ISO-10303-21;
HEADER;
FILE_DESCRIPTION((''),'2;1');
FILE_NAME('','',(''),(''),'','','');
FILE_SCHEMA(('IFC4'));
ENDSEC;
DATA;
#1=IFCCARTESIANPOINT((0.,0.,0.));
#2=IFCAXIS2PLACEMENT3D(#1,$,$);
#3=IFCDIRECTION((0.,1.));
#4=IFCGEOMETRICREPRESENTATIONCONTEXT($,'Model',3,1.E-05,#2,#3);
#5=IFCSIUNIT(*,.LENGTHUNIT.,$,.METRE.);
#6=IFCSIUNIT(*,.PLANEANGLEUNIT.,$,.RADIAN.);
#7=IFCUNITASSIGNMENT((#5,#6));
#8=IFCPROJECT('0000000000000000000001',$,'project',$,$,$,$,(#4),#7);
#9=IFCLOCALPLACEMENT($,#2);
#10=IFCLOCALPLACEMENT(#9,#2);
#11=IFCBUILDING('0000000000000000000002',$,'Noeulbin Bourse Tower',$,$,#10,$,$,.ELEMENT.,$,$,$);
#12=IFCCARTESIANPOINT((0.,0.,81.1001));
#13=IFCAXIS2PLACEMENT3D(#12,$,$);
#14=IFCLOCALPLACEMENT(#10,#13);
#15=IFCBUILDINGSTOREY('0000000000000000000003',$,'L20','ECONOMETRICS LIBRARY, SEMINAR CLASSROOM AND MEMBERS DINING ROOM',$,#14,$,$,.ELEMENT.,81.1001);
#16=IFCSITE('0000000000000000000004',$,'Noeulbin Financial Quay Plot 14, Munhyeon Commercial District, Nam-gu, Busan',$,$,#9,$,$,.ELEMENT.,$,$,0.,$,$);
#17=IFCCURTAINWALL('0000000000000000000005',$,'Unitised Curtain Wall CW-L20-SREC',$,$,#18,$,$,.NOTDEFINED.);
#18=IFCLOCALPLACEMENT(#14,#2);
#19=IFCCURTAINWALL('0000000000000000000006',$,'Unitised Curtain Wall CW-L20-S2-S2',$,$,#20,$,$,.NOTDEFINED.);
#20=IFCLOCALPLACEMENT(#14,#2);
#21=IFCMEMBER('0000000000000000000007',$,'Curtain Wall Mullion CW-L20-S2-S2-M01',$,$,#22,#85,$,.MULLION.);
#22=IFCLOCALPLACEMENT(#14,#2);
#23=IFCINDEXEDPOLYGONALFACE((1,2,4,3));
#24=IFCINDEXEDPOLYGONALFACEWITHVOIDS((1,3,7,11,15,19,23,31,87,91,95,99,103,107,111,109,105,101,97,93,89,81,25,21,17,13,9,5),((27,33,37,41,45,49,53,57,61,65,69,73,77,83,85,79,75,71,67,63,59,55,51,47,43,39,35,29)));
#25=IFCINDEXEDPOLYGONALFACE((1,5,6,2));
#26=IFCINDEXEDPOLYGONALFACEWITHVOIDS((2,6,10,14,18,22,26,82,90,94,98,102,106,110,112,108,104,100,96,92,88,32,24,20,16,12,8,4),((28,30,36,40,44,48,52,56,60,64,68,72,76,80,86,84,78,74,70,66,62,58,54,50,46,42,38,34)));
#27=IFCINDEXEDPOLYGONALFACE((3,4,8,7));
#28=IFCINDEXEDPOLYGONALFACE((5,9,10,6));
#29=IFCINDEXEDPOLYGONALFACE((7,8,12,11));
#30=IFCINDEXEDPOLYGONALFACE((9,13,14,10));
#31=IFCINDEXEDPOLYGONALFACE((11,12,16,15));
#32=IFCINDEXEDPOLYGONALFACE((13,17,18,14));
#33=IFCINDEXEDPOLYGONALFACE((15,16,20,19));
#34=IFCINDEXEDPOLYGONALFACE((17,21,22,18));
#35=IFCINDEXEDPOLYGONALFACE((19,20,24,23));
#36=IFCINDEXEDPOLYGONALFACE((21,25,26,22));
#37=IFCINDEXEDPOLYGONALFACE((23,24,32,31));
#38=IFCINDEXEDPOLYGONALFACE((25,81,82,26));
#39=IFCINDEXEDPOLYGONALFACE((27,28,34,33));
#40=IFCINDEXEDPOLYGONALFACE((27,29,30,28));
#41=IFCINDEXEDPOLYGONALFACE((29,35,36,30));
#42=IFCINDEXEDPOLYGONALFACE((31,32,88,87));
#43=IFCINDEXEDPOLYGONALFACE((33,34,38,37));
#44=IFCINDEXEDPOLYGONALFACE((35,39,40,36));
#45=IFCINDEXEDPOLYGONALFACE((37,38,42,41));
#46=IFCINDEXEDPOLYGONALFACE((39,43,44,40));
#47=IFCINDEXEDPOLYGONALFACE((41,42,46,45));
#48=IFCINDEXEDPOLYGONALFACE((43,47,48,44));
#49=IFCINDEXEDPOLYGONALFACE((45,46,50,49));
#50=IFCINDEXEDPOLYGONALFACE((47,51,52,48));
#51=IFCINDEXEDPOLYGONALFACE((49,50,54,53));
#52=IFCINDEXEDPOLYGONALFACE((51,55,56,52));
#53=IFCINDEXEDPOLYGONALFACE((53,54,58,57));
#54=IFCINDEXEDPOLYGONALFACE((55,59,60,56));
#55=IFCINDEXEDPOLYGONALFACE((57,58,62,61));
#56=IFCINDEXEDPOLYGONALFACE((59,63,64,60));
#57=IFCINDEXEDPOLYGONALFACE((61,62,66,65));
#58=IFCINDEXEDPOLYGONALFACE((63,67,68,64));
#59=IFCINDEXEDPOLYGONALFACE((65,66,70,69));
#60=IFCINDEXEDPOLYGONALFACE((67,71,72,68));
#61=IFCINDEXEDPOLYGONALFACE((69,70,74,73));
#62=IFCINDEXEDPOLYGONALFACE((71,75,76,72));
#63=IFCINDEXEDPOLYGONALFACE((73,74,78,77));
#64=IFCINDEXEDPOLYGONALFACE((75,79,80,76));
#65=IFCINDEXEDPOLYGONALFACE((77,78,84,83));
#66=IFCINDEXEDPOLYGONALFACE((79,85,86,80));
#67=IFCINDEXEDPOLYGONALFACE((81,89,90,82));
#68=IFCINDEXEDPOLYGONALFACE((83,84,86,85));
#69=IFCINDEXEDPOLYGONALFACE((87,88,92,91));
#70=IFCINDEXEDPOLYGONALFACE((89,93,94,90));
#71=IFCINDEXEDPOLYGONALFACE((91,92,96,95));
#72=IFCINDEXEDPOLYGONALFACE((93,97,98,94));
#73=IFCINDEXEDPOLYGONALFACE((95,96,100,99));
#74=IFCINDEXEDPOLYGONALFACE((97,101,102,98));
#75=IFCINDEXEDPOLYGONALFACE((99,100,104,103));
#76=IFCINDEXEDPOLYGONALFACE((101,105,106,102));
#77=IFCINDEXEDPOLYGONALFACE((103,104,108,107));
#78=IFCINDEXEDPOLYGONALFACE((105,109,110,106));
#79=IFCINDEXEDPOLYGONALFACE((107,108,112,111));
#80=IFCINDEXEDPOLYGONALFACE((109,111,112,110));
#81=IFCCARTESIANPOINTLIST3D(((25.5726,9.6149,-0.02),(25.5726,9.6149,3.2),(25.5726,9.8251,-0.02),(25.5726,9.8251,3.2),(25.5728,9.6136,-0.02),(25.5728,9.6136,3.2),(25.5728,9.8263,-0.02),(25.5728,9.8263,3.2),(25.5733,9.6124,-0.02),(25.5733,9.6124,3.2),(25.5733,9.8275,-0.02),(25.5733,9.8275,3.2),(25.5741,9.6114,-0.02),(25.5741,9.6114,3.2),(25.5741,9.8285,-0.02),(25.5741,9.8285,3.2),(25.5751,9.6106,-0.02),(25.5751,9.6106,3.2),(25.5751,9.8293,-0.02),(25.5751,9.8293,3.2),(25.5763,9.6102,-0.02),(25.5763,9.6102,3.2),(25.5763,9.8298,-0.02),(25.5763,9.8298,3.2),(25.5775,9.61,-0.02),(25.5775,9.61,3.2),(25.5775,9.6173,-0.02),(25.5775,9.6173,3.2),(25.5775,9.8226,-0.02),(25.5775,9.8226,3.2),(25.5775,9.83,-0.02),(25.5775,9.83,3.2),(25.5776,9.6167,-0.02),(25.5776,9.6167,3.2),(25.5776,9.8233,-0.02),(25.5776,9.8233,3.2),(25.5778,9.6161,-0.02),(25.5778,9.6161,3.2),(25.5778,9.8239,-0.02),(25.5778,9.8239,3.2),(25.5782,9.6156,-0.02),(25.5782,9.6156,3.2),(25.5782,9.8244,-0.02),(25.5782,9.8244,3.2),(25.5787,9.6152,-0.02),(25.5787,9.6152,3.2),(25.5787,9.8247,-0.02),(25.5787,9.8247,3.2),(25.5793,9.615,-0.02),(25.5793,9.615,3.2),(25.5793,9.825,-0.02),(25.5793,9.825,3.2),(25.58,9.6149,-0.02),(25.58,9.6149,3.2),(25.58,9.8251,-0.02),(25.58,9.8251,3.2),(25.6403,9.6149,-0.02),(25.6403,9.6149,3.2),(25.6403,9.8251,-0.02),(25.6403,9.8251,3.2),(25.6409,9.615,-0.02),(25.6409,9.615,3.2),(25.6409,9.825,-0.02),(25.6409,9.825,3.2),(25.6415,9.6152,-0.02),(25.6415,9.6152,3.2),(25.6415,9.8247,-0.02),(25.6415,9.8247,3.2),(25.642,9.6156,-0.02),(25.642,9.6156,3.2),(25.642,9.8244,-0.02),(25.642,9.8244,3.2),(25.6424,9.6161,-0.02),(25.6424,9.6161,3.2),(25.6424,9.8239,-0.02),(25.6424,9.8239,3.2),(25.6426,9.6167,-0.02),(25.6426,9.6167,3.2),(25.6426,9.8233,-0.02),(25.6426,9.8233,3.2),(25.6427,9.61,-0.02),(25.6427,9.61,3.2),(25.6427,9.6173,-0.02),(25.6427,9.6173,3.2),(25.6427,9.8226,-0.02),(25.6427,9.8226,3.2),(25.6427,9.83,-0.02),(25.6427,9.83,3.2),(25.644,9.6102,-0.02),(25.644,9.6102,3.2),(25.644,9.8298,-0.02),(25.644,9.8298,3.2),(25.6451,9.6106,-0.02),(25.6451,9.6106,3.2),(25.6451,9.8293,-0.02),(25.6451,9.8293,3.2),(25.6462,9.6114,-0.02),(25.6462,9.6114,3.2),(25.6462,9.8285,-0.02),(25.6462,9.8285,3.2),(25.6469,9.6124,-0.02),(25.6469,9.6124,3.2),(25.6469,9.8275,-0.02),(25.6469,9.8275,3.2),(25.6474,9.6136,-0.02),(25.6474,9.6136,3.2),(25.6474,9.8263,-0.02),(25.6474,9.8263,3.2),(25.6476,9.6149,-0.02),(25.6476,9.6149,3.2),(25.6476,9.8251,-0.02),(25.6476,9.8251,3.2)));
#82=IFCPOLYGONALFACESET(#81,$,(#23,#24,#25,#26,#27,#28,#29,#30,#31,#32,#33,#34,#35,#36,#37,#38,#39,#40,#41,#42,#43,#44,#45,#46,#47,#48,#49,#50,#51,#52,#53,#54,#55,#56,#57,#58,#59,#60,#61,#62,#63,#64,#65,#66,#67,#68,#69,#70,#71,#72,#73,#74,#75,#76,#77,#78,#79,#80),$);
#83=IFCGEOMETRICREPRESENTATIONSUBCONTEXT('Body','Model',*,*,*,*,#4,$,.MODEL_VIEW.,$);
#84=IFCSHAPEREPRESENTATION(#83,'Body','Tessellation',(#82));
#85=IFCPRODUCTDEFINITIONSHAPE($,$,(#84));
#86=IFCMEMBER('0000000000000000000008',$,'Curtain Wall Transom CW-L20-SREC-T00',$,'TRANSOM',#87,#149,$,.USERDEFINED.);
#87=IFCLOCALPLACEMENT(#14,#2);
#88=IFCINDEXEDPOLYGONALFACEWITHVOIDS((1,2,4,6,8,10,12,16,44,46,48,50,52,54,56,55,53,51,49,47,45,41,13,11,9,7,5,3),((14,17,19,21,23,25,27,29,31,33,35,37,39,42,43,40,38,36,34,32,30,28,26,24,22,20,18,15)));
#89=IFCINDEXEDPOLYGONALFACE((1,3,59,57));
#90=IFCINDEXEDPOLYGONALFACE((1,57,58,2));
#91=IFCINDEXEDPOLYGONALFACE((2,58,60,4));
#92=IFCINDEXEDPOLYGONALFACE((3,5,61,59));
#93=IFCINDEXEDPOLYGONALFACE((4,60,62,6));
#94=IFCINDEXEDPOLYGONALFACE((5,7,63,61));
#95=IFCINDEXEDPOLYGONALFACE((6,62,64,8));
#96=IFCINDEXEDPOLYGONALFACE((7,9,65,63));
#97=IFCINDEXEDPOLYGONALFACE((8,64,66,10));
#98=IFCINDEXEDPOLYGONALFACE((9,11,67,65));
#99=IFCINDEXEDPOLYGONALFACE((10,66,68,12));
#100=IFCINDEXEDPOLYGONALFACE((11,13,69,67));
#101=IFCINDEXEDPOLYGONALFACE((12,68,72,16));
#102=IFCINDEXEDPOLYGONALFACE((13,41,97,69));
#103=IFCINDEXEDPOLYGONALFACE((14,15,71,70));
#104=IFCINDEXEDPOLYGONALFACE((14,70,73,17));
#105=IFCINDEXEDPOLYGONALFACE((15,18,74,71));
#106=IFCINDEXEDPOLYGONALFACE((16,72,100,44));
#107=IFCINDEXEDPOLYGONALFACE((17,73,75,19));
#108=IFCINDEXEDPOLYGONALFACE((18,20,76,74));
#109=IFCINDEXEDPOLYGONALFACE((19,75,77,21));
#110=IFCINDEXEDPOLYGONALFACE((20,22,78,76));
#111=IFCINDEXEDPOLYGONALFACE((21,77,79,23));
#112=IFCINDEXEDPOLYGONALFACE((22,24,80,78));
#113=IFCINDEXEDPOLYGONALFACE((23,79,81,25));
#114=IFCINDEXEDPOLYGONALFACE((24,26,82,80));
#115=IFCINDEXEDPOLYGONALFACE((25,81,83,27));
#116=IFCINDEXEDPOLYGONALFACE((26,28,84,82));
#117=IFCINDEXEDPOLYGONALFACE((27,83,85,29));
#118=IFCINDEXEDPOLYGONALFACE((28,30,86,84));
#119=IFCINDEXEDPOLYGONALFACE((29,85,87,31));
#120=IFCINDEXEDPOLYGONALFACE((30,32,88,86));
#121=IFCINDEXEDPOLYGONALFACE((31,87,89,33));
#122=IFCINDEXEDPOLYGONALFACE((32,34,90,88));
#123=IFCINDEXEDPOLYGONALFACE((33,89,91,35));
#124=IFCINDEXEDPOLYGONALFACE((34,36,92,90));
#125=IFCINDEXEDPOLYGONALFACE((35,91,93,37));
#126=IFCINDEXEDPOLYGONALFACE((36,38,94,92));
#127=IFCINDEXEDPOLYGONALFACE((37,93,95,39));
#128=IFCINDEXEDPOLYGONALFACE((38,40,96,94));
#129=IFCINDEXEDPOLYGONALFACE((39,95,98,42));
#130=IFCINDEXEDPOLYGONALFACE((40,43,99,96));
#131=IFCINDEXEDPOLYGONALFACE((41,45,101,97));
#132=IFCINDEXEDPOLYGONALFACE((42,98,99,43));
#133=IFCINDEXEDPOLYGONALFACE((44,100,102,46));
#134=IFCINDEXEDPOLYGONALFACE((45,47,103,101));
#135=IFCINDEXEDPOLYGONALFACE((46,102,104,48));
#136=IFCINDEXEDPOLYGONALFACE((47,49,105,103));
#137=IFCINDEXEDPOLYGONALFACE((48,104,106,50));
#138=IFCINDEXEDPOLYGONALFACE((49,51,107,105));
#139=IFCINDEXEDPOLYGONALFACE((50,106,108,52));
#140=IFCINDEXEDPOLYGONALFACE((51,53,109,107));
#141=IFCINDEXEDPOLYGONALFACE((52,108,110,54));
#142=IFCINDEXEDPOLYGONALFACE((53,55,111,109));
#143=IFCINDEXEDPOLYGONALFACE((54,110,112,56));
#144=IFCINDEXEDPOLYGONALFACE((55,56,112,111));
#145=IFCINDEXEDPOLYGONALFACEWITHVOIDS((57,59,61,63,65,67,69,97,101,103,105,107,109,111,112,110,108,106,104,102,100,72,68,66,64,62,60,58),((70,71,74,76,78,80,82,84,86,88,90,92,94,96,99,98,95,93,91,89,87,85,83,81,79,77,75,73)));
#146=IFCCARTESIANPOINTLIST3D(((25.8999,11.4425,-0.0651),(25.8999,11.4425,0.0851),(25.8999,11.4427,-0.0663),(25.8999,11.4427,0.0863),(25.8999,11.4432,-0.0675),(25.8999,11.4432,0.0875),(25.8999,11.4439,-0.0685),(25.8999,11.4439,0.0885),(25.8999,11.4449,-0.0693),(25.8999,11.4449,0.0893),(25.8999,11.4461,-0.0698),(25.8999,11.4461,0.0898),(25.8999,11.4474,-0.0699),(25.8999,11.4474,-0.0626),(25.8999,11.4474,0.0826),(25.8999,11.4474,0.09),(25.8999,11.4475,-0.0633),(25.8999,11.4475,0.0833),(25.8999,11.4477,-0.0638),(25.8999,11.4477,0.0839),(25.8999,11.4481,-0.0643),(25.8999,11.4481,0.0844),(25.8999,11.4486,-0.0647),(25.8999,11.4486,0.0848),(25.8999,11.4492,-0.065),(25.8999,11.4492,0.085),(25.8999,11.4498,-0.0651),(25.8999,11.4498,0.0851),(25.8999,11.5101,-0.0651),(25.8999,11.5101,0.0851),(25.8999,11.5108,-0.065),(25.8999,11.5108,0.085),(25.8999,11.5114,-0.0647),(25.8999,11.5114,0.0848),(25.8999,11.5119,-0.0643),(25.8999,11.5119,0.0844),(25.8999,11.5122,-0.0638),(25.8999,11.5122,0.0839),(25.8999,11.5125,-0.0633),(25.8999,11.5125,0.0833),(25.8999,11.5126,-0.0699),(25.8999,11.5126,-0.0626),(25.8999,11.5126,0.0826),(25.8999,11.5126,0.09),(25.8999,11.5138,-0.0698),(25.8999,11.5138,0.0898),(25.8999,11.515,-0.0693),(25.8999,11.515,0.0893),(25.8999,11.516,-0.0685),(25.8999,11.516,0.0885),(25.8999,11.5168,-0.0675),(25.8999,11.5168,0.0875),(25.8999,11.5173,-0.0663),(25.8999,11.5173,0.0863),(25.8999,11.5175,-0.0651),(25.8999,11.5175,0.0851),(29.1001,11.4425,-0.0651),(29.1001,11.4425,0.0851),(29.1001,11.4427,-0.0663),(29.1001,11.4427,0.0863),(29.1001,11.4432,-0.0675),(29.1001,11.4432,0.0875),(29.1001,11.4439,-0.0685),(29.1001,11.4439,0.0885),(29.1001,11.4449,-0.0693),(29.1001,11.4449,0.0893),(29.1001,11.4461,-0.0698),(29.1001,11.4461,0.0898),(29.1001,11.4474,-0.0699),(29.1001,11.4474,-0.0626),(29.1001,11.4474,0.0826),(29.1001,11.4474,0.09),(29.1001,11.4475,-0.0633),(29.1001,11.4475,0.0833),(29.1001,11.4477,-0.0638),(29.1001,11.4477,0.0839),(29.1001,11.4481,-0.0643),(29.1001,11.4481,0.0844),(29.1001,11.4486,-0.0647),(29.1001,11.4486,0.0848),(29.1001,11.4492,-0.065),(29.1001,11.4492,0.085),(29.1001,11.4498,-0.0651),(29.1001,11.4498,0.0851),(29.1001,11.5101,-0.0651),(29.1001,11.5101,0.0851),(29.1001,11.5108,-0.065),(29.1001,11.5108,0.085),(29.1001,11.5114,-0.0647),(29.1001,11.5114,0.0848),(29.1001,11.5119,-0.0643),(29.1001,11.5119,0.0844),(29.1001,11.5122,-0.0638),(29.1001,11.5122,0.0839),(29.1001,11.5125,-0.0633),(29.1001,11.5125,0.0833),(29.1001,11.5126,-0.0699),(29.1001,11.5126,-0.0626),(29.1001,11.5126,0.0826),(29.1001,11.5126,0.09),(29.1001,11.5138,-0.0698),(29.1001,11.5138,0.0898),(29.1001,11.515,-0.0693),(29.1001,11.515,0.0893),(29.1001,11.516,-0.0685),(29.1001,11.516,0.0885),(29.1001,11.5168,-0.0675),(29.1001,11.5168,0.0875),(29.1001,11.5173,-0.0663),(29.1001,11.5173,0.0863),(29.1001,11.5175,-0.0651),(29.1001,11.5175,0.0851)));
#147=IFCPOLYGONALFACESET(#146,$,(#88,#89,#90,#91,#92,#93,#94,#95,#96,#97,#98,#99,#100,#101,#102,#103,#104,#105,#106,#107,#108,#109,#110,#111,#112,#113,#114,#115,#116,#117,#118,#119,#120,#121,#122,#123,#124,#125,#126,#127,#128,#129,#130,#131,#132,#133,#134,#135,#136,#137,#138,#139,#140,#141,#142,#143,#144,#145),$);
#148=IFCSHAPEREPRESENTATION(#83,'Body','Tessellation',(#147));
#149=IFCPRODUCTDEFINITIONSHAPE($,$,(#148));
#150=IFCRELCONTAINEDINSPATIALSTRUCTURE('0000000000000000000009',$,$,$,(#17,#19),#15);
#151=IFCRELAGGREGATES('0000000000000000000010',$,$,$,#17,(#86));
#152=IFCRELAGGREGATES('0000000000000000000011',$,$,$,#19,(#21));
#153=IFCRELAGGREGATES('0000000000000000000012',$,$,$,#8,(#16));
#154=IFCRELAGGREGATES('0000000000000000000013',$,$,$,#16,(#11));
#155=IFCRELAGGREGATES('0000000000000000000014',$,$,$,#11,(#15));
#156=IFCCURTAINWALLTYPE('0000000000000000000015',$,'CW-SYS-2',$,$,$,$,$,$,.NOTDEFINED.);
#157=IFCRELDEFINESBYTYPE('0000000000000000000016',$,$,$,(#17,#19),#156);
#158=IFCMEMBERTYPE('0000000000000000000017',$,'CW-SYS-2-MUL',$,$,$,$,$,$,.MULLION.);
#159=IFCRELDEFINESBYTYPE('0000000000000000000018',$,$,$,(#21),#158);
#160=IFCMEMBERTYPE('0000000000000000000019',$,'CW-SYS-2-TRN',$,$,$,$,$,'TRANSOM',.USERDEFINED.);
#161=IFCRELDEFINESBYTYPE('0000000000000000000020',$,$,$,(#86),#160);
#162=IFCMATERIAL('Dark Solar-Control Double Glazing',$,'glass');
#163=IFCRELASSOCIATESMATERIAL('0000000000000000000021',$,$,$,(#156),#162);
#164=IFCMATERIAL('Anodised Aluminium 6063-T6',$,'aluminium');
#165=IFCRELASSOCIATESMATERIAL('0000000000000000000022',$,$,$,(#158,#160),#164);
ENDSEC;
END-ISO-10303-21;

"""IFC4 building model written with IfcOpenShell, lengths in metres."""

from ifc_helpers import new_model, si_unit, direction, frame, origin, origin_2d, place, context, subcontext, project, spatial, hollow_rectangle, extrude, material, material_profile, profile_set, type_object, element, aggregate, save


model = new_model("IFC4")

# Units and contexts
model_context = context("Model", 3, precision=1e-05, world=origin(), true_north=direction((0.0, 1.0)))
body_context = subcontext(model_context, "Body", "Model", "MODEL_VIEW")
ifc_project = project(units=[si_unit("LENGTHUNIT", "METRE"), si_unit("PLANEANGLEUNIT", "RADIAN")], contexts=[model_context])

# Site, building, storey
site_placement = place(None, origin())
site = spatial("IfcSite", under=ifc_project, at=site_placement, Name="Noeulbin Financial Quay Plot 14, Munhyeon Commercial District, Nam-gu, Busan", CompositionType="ELEMENT", RefElevation=0.0)
building_placement = place(site_placement, origin())
building = spatial("IfcBuilding", under=site, at=building_placement, Name="Noeulbin Bourse Tower", CompositionType="ELEMENT")
storey_placement = place(building_placement, frame((0.0, 0.0, 81.1001)))
storey = spatial("IfcBuildingStorey", under=building, at=storey_placement, Name="L20", Description="ECONOMETRICS LIBRARY, SEMINAR CLASSROOM AND MEMBERS DINING ROOM", CompositionType="ELEMENT", Elevation=81.1001)

# Curtain wall
ifc_material_1 = material(Name="Dark Solar-Control Double Glazing", Category="glass")
curtain_wall_type = type_object("IfcCurtainWallType", Name="CW-SYS-2", PredefinedType="NOTDEFINED", material=ifc_material_1)
curtain_wall_1_placement = place(storey_placement, origin())
curtain_wall_1 = element("IfcCurtainWall", 1, at=curtain_wall_1_placement, inside=storey, type_object=curtain_wall_type, Name="Unitised Curtain Wall CW-L20-SREC", PredefinedType="NOTDEFINED")
ifc_material_2 = material(Name="Anodised Aluminium 6063-T6", Category="aluminium")
ifc_material_profile_1 = material_profile(ifc_material_2, hollow_rectangle(XDim=0.075, YDim=0.22, WallThickness=0.0049, InnerFilletRadius=0.0024, OuterFilletRadius=0.0049, at=origin_2d()), Name="ALU-MULL-75x220x5", Category="LoadBearing")
ifc_profile_set_1 = profile_set([ifc_material_profile_1], Name="Anodised Aluminium 6063-T6")
member_type_1 = type_object("IfcMemberType", Name="CW-SYS-2-MUL", PredefinedType="MULLION", material=ifc_profile_set_1)

# Curtain wall, member
curtain_wall_2_placement = place(storey_placement, origin())
curtain_wall_2 = element("IfcCurtainWall", 2, at=curtain_wall_2_placement, inside=storey, type_object=curtain_wall_type, Name="Unitised Curtain Wall CW-L20-S2-S2", PredefinedType="NOTDEFINED")
member_1_placement = place(storey_placement, frame((25.6101, 9.72, -0.02), z_axis=(0.0, 0.0, 1.0), x_axis=(1.0, 0.0, 0.0)))
member_1 = element("IfcMember", 3, at=member_1_placement, type_object=member_type_1, Name="Curtain Wall Mullion CW-L20-S2-S2-M01", PredefinedType="MULLION", context=body_context, shape_type="SweptSolid", body=[
    extrude(hollow_rectangle(XDim=0.075, YDim=0.22, WallThickness=0.0049, InnerFilletRadius=0.0024, OuterFilletRadius=0.0049, at=origin_2d()), origin(), (0.0, 0.0, 1.0), 3.22),
])

# Member
ifc_material_profile_2 = material_profile(ifc_material_2, hollow_rectangle(XDim=0.075, YDim=0.1599, WallThickness=0.0049, InnerFilletRadius=0.0024, OuterFilletRadius=0.0049, at=origin_2d()), Name="ALU-TRAN-75x160x5", Category="LoadBearing")
ifc_profile_set_2 = profile_set([ifc_material_profile_2], Name="Anodised Aluminium 6063-T6")
member_type_2 = type_object("IfcMemberType", Name="CW-SYS-2-TRN", ElementType="TRANSOM", PredefinedType="USERDEFINED", material=ifc_profile_set_2)
member_2_placement = place(storey_placement, frame((25.8999, 11.48, 0.01), z_axis=(1.0, 0.0, 0.0), x_axis=(0.0, 1.0, 0.0)))
member_2 = element("IfcMember", 4, at=member_2_placement, type_object=member_type_2, Name="Curtain Wall Transom CW-L20-SREC-T00", ObjectType="TRANSOM", PredefinedType="USERDEFINED", context=body_context, shape_type="SweptSolid", body=[
    extrude(hollow_rectangle(XDim=0.075, YDim=0.1599, WallThickness=0.0049, InnerFilletRadius=0.0024, OuterFilletRadius=0.0049, at=origin_2d()), origin(), (0.0, 0.0, 1.0), 3.2002),
])

aggregate(curtain_wall_1, [member_2])
aggregate(curtain_wall_2, [member_1])

save(model, "model.ifc")
